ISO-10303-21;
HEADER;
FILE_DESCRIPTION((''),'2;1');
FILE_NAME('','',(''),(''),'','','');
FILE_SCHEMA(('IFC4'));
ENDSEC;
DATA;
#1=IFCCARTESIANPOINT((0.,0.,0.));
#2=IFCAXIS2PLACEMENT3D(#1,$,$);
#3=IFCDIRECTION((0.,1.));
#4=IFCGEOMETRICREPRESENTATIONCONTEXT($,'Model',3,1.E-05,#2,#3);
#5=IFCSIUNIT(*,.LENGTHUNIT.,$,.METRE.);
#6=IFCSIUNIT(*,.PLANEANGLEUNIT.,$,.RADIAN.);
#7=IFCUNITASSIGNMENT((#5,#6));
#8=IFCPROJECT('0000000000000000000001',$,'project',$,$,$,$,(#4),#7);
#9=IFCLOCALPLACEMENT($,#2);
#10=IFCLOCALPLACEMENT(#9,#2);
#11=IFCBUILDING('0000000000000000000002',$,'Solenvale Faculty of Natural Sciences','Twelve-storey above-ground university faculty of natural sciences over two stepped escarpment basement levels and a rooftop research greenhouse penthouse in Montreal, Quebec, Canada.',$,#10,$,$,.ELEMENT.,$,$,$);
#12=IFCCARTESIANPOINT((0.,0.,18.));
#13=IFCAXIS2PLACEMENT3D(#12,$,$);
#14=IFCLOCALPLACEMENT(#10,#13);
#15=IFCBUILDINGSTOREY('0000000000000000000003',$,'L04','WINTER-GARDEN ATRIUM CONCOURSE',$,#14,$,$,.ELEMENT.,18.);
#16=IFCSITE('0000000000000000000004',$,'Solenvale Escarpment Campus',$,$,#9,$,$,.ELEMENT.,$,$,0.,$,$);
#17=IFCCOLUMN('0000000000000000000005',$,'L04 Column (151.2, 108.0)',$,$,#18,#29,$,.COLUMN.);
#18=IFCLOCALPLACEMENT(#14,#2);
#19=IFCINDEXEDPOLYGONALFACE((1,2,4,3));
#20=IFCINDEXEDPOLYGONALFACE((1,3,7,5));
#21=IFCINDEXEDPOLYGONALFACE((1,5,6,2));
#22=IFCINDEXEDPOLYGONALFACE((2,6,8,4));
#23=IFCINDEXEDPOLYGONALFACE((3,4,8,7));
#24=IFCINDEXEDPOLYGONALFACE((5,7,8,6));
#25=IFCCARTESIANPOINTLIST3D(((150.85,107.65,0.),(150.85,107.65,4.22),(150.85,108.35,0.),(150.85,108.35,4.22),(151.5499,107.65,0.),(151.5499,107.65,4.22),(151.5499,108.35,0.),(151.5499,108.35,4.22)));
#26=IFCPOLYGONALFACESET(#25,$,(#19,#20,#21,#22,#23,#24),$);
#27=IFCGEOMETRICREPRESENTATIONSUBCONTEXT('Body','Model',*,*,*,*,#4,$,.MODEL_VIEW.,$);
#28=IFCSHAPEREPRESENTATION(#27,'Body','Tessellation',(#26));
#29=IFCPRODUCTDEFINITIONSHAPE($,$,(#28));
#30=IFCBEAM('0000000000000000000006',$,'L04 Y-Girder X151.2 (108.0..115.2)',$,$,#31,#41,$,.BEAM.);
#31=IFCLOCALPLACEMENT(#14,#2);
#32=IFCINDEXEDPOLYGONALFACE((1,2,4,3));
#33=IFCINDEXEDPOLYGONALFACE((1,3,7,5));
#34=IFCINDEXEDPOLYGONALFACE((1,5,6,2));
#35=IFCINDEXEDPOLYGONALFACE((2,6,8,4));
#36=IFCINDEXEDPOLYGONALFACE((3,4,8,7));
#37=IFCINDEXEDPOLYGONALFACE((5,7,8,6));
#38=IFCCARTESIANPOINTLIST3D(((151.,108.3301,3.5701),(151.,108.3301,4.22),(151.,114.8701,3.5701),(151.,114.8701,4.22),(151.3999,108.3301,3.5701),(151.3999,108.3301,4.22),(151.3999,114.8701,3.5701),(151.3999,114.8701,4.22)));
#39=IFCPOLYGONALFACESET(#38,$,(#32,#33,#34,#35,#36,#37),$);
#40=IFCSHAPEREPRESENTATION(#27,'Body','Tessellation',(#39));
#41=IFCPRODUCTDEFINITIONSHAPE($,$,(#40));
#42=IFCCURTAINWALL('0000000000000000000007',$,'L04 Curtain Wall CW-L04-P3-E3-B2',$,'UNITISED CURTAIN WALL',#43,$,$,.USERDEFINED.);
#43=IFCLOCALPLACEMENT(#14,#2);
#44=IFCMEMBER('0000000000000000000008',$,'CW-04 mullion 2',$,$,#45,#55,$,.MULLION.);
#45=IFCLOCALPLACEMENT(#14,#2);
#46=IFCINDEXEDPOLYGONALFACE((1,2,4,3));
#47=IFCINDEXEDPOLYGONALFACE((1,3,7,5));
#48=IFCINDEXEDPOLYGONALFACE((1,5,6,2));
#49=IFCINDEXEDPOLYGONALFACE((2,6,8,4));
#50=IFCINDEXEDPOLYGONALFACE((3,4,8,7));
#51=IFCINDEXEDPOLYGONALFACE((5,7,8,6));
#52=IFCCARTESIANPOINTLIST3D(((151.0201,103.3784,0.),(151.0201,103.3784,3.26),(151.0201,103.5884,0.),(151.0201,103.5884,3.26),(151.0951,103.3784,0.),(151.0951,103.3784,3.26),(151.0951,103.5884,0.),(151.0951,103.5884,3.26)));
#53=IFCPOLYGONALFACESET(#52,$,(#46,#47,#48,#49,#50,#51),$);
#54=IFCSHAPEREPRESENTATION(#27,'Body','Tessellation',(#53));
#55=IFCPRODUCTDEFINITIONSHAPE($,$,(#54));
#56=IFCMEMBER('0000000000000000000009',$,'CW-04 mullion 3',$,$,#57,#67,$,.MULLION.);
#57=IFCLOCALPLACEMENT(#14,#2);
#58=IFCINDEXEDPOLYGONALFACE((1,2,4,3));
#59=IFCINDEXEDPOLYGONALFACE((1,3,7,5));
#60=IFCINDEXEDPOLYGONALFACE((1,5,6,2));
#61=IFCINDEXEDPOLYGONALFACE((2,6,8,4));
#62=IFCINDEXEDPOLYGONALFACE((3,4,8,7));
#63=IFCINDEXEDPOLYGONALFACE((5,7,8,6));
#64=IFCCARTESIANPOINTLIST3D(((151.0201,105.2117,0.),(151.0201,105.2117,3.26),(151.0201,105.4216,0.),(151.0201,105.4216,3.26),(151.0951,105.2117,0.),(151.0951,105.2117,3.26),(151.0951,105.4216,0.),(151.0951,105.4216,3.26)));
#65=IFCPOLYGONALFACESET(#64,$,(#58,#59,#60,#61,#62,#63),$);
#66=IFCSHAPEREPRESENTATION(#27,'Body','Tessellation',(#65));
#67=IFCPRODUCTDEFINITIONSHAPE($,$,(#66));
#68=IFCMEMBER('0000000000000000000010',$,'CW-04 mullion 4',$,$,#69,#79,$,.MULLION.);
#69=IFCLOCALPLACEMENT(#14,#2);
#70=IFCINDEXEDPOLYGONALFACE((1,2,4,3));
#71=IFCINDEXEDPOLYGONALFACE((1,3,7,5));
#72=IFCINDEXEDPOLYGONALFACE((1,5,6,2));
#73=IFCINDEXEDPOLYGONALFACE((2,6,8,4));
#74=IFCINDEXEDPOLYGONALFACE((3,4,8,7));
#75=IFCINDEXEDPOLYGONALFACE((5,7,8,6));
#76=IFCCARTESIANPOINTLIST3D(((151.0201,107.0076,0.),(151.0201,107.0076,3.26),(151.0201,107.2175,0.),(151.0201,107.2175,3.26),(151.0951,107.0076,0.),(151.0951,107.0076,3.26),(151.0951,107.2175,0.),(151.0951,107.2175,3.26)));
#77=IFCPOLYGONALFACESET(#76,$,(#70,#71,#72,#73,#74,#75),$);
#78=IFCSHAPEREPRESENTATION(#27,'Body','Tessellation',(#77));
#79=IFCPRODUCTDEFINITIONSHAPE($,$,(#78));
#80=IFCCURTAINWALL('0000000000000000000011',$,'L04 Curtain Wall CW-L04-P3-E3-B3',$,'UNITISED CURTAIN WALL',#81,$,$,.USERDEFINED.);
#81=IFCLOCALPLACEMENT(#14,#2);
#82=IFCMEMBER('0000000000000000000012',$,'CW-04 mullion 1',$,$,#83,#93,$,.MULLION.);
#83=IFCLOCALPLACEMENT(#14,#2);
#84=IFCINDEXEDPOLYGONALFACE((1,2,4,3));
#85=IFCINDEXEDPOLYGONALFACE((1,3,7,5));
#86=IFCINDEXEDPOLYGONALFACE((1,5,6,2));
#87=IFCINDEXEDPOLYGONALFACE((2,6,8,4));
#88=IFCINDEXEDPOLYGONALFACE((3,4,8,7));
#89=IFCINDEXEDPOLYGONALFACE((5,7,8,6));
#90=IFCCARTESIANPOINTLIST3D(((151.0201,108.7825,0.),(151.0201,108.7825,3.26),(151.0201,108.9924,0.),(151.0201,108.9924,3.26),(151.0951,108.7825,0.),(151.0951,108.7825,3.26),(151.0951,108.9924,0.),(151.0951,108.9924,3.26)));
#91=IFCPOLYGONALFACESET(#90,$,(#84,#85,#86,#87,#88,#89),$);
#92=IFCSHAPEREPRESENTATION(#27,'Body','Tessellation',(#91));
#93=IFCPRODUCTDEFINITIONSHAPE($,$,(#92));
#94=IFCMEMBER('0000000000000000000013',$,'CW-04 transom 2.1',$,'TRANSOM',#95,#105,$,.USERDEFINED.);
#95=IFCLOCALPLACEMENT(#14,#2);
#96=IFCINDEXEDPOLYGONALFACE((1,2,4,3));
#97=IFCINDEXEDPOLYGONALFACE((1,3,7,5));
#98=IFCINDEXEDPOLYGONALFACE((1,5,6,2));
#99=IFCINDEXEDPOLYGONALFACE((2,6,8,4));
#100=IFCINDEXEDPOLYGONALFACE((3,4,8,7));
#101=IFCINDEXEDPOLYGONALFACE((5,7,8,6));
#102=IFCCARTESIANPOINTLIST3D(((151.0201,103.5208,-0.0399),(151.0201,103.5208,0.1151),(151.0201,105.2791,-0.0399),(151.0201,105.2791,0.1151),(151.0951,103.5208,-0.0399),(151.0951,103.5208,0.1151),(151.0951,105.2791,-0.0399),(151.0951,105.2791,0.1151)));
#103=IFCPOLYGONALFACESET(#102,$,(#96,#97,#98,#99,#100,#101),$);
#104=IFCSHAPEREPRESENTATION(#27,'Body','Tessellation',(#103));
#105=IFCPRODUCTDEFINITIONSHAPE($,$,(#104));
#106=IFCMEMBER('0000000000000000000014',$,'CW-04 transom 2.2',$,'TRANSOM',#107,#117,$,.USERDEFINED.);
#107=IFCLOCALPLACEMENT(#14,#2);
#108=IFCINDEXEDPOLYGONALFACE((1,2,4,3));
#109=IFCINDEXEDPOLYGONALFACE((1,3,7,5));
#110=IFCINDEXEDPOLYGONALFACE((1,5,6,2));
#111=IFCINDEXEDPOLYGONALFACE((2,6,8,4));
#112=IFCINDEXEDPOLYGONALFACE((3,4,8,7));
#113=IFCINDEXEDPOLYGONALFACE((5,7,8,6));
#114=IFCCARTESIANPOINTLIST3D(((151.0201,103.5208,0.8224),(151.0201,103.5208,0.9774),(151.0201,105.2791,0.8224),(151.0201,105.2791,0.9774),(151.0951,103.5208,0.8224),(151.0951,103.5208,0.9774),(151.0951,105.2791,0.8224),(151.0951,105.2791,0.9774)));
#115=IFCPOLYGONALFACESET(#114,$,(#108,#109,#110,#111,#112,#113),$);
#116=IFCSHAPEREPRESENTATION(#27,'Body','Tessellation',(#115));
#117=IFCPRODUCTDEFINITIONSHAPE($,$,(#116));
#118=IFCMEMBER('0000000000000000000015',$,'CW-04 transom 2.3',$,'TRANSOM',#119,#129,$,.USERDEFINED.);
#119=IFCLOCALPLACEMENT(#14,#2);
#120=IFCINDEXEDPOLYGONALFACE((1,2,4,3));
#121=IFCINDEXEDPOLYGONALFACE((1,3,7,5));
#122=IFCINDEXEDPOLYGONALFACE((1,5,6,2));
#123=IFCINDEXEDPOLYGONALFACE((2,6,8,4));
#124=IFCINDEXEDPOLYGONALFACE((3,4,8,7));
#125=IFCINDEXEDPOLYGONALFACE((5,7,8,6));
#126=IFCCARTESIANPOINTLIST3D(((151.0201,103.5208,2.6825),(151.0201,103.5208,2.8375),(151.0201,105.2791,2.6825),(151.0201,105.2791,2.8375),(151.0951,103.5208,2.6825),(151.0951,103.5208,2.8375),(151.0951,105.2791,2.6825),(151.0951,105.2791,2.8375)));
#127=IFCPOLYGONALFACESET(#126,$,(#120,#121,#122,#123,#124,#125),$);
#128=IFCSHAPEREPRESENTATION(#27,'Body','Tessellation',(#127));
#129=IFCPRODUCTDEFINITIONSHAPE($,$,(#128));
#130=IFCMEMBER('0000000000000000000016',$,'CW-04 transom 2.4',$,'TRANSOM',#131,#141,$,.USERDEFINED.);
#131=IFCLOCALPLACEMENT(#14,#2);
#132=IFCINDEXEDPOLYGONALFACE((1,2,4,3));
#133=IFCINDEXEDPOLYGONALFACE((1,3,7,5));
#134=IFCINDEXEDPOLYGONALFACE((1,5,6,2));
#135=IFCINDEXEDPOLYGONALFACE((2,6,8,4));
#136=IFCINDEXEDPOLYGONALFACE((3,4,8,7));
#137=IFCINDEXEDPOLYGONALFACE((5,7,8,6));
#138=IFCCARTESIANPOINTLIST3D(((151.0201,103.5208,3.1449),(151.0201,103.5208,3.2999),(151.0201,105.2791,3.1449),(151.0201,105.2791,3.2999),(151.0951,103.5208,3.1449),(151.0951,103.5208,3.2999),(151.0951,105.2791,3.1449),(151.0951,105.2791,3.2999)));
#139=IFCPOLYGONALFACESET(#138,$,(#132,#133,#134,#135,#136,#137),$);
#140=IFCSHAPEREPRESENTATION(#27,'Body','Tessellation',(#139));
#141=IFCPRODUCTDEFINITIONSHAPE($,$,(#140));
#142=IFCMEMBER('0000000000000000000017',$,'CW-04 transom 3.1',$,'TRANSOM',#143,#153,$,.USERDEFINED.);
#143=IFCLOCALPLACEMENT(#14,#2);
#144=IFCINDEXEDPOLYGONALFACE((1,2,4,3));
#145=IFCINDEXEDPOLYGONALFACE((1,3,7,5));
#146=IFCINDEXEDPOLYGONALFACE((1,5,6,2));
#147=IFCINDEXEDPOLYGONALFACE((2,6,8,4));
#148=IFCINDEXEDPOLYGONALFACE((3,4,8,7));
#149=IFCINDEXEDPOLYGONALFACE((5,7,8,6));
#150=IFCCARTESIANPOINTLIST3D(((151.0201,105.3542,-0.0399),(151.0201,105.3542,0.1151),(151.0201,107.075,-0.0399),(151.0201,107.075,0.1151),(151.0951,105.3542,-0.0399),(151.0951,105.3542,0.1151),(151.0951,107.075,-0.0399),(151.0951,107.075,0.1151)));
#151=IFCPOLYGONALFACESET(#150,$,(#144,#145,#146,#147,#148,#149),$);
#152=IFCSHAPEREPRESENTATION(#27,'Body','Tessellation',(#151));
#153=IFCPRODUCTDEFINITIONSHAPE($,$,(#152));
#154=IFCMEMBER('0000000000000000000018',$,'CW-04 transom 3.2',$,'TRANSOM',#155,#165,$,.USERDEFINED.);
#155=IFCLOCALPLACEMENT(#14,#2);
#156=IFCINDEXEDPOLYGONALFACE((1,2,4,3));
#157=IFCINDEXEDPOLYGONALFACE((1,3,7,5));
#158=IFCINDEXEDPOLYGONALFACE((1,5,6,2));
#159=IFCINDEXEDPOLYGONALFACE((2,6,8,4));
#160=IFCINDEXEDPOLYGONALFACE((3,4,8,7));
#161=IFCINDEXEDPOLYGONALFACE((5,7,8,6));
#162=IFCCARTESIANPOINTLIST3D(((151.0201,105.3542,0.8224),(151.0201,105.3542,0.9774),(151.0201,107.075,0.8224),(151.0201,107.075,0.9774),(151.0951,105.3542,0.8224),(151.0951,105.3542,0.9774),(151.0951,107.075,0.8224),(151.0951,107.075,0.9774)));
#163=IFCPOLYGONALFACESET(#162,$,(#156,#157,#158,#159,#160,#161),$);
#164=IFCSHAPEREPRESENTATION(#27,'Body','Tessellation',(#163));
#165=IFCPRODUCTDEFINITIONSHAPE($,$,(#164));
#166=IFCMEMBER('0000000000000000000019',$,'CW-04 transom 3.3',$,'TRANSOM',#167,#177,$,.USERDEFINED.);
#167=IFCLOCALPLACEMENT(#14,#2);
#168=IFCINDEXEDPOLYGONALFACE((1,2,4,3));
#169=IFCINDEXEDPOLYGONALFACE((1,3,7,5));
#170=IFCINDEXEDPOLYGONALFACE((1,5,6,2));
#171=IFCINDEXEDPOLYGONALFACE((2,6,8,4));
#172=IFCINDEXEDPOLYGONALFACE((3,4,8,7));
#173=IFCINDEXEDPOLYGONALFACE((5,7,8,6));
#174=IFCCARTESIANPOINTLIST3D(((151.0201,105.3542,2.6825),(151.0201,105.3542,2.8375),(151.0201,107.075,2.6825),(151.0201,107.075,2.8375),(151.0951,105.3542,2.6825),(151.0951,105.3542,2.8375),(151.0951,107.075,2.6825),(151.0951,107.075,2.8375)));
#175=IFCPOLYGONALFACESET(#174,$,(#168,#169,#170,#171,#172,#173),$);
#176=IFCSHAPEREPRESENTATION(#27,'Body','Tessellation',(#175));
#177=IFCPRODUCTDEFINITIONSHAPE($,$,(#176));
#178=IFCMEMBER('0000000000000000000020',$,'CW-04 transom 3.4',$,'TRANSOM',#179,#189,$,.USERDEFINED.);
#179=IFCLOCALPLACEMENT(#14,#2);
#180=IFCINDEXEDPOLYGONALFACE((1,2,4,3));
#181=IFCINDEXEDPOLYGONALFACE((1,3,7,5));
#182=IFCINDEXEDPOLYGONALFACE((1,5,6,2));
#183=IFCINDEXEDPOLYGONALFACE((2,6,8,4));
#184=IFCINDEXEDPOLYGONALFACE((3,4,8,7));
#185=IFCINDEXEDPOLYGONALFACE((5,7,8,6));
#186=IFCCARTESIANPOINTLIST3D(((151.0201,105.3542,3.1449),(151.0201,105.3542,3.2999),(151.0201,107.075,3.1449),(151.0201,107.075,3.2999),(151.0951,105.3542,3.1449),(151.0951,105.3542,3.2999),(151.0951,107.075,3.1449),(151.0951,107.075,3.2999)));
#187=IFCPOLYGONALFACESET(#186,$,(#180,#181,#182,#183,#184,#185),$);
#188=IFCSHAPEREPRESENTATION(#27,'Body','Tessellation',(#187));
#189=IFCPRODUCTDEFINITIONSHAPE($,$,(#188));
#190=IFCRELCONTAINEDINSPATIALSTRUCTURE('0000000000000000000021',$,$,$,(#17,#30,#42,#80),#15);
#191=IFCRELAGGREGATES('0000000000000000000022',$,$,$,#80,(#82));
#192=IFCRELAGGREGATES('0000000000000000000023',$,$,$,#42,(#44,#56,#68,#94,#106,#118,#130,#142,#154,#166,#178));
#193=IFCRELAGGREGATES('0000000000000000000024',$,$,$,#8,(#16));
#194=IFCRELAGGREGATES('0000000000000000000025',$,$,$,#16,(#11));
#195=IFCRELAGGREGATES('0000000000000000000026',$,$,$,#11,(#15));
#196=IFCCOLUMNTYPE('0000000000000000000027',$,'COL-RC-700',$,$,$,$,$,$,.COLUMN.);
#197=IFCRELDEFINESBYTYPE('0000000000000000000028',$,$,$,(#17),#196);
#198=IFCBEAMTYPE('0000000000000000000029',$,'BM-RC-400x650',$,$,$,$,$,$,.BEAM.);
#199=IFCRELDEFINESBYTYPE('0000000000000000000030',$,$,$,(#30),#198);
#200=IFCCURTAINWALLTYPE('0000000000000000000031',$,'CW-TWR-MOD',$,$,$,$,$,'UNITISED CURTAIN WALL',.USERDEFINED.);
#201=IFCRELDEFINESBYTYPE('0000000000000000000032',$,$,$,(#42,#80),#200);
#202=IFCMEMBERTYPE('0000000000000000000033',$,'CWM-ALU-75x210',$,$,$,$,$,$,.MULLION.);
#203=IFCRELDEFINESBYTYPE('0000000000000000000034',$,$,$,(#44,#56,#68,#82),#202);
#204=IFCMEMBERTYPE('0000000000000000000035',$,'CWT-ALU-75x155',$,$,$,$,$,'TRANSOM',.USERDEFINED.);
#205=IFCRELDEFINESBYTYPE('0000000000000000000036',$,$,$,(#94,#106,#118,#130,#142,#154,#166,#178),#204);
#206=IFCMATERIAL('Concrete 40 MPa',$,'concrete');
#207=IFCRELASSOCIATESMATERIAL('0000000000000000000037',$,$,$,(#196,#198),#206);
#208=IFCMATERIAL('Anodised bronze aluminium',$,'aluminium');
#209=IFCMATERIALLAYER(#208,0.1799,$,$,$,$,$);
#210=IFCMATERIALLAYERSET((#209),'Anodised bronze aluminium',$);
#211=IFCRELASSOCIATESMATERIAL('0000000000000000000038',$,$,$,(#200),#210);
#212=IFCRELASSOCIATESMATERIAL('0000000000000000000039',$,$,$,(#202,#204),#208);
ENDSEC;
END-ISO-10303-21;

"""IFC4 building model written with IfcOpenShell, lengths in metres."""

from ifc_helpers import new_model, si_unit, direction, frame, origin, origin_2d, place, context, subcontext, project, spatial, rectangle, extrude, material, layer, layer_set, material_profile, profile_set, type_object, element, aggregate, save


model = new_model("IFC4")

# Units and contexts
model_context = context("Model", 3, precision=1e-05, world=origin(), true_north=direction((0.0, 1.0)))
body_context = subcontext(model_context, "Body", "Model", "MODEL_VIEW")
ifc_project = project(units=[si_unit("LENGTHUNIT", "METRE"), si_unit("PLANEANGLEUNIT", "RADIAN")], contexts=[model_context])

# Site, building, storey
site_placement = place(None, origin())
site = spatial("IfcSite", under=ifc_project, at=site_placement, Name="Solenvale Escarpment Campus", CompositionType="ELEMENT", RefElevation=0.0)
building_placement = place(site_placement, origin())
building = spatial("IfcBuilding", under=site, at=building_placement, Name="Solenvale Faculty of Natural Sciences", Description="Twelve-storey above-ground university faculty of natural sciences over two stepped escarpment basement levels and a rooftop research greenhouse penthouse in Montreal, Quebec, Canada.", CompositionType="ELEMENT")
storey_placement = place(building_placement, frame((0.0, 0.0, 18.0)))
storey = spatial("IfcBuildingStorey", under=building, at=storey_placement, Name="L04", Description="WINTER-GARDEN ATRIUM CONCOURSE", CompositionType="ELEMENT", Elevation=18.0)

# Column
ifc_material_1 = material(Name="Concrete 40 MPa", Category="concrete")
ifc_material_profile_1 = material_profile(ifc_material_1, rectangle(XDim=0.7, YDim=0.7, at=origin_2d()), Name="RC-COL-700x700")
ifc_profile_set_1 = profile_set([ifc_material_profile_1], Name="Concrete 40 MPa")
column_type = type_object("IfcColumnType", Name="COL-RC-700", PredefinedType="COLUMN", material=ifc_profile_set_1)
column_placement = place(storey_placement, frame((151.2, 108.0, 0.0), z_axis=(0.0, 0.0, 1.0), x_axis=(1.0, 0.0, 0.0)))
element("IfcColumn", 1, at=column_placement, inside=storey, type_object=column_type, Name="L04 Column (151.2, 108.0)", PredefinedType="COLUMN", context=body_context, shape_type="SweptSolid", body=[
    extrude(rectangle(XDim=0.7, YDim=0.7, at=origin_2d()), origin(), (0.0, 0.0, 1.0), 4.22),
])

# Beam
ifc_material_profile_2 = material_profile(ifc_material_1, rectangle(XDim=0.3999, YDim=0.6499, at=origin_2d()), Name="RC-BM-400x650")
ifc_profile_set_2 = profile_set([ifc_material_profile_2], Name="Concrete 40 MPa")
beam_type = type_object("IfcBeamType", Name="BM-RC-400x650", PredefinedType="BEAM", material=ifc_profile_set_2)
beam_placement = place(storey_placement, frame((151.2, 108.3301, 3.895), z_axis=(0.0, 1.0, 0.0), x_axis=(-1.0, 0.0, 0.0)))
element("IfcBeam", 2, at=beam_placement, inside=storey, type_object=beam_type, Name="L04 Y-Girder X151.2 (108.0..115.2)", PredefinedType="BEAM", context=body_context, shape_type="SweptSolid", body=[
    extrude(rectangle(XDim=0.3999, YDim=0.6499, at=origin_2d()), origin(), (0.0, 0.0, 1.0), 6.54),
])

# Curtain wall, members
ifc_material_2 = material(Name="Anodised bronze aluminium", Category="aluminium")
ifc_layer_1 = layer(ifc_material_2, 0.1799)
ifc_layer_set_1 = layer_set([ifc_layer_1], Name="Anodised bronze aluminium")
curtain_wall_type = type_object("IfcCurtainWallType", Name="CW-TWR-MOD", ElementType="UNITISED CURTAIN WALL", PredefinedType="USERDEFINED", material=ifc_layer_set_1)
curtain_wall_1_placement = place(storey_placement, origin())
curtain_wall_1 = element("IfcCurtainWall", 3, at=curtain_wall_1_placement, inside=storey, type_object=curtain_wall_type, Name="L04 Curtain Wall CW-L04-P3-E3-B2", ObjectType="UNITISED CURTAIN WALL", PredefinedType="USERDEFINED")
ifc_material_profile_3 = material_profile(ifc_material_2, rectangle(XDim=0.075, YDim=0.21, at=origin_2d()), Name="ALU-MUL-75x210")
ifc_profile_set_3 = profile_set([ifc_material_profile_3], Name="Anodised bronze aluminium")
member_type_1 = type_object("IfcMemberType", Name="CWM-ALU-75x210", PredefinedType="MULLION", material=ifc_profile_set_3)
member_1_placement = place(storey_placement, frame((151.0576, 103.4834, 0.0), z_axis=(0.0, 0.0, 1.0), x_axis=(-1.0, 0.0, 0.0)))
member_1 = element("IfcMember", 4, at=member_1_placement, type_object=member_type_1, Name="CW-04 mullion 2", PredefinedType="MULLION", context=body_context, shape_type="SweptSolid", body=[
    extrude(rectangle(XDim=0.075, YDim=0.21, at=origin_2d()), origin(), (0.0, 0.0, 1.0), 3.26),
])
member_2_placement = place(storey_placement, frame((151.0576, 105.3167, 0.0), z_axis=(0.0, 0.0, 1.0), x_axis=(-1.0, 0.0, 0.0)))
member_2 = element("IfcMember", 5, at=member_2_placement, type_object=member_type_1, Name="CW-04 mullion 3", PredefinedType="MULLION", context=body_context, shape_type="SweptSolid", body=[
    extrude(rectangle(XDim=0.075, YDim=0.21, at=origin_2d()), origin(), (0.0, 0.0, 1.0), 3.26),
])
member_3_placement = place(storey_placement, frame((151.0576, 107.1125, 0.0), z_axis=(0.0, 0.0, 1.0), x_axis=(-1.0, 0.0, 0.0)))
member_3 = element("IfcMember", 6, at=member_3_placement, type_object=member_type_1, Name="CW-04 mullion 4", PredefinedType="MULLION", context=body_context, shape_type="SweptSolid", body=[
    extrude(rectangle(XDim=0.075, YDim=0.21, at=origin_2d()), origin(), (0.0, 0.0, 1.0), 3.26),
])

# Curtain wall, member
curtain_wall_2_placement = place(storey_placement, origin())
curtain_wall_2 = element("IfcCurtainWall", 7, at=curtain_wall_2_placement, inside=storey, type_object=curtain_wall_type, Name="L04 Curtain Wall CW-L04-P3-E3-B3", ObjectType="UNITISED CURTAIN WALL", PredefinedType="USERDEFINED")
member_4_placement = place(storey_placement, frame((151.0576, 108.8875, 0.0), z_axis=(0.0, 0.0, 1.0), x_axis=(-1.0, 0.0, 0.0)))
member_4 = element("IfcMember", 8, at=member_4_placement, type_object=member_type_1, Name="CW-04 mullion 1", PredefinedType="MULLION", context=body_context, shape_type="SweptSolid", body=[
    extrude(rectangle(XDim=0.075, YDim=0.21, at=origin_2d()), origin(), (0.0, 0.0, 1.0), 3.26),
])
aggregate(curtain_wall_2, [member_4])

# Members
ifc_material_profile_4 = material_profile(ifc_material_2, rectangle(XDim=0.075, YDim=0.155, at=origin_2d()), Name="ALU-TRN-75x155")
ifc_profile_set_4 = profile_set([ifc_material_profile_4], Name="Anodised bronze aluminium")
member_type_2 = type_object("IfcMemberType", Name="CWT-ALU-75x155", ElementType="TRANSOM", PredefinedType="USERDEFINED", material=ifc_profile_set_4)
member_5_placement = place(storey_placement, frame((151.0576, 103.5208, 0.0376), z_axis=(0.0, 1.0, 0.0), x_axis=(-1.0, 0.0, 0.0)))
member_5 = element("IfcMember", 9, at=member_5_placement, type_object=member_type_2, Name="CW-04 transom 2.1", ObjectType="TRANSOM", PredefinedType="USERDEFINED", context=body_context, shape_type="SweptSolid", body=[
    extrude(rectangle(XDim=0.075, YDim=0.155, at=origin_2d()), origin(), (0.0, 0.0, 1.0), 1.7583),
])
member_6_placement = place(storey_placement, frame((151.0576, 103.5208, 0.8999), z_axis=(0.0, 1.0, 0.0), x_axis=(-1.0, 0.0, 0.0)))
member_6 = element("IfcMember", 10, at=member_6_placement, type_object=member_type_2, Name="CW-04 transom 2.2", ObjectType="TRANSOM", PredefinedType="USERDEFINED", context=body_context, shape_type="SweptSolid", body=[
    extrude(rectangle(XDim=0.075, YDim=0.155, at=origin_2d()), origin(), (0.0, 0.0, 1.0), 1.7583),
])
member_7_placement = place(storey_placement, frame((151.0576, 103.5208, 2.76), z_axis=(0.0, 1.0, 0.0), x_axis=(-1.0, 0.0, 0.0)))
member_7 = element("IfcMember", 11, at=member_7_placement, type_object=member_type_2, Name="CW-04 transom 2.3", ObjectType="TRANSOM", PredefinedType="USERDEFINED", context=body_context, shape_type="SweptSolid", body=[
    extrude(rectangle(XDim=0.075, YDim=0.155, at=origin_2d()), origin(), (0.0, 0.0, 1.0), 1.7583),
])
member_8_placement = place(storey_placement, frame((151.0576, 103.5208, 3.2224), z_axis=(0.0, 1.0, 0.0), x_axis=(-1.0, 0.0, 0.0)))
member_8 = element("IfcMember", 12, at=member_8_placement, type_object=member_type_2, Name="CW-04 transom 2.4", ObjectType="TRANSOM", PredefinedType="USERDEFINED", context=body_context, shape_type="SweptSolid", body=[
    extrude(rectangle(XDim=0.075, YDim=0.155, at=origin_2d()), origin(), (0.0, 0.0, 1.0), 1.7583),
])
member_9_placement = place(storey_placement, frame((151.0576, 105.3542, 0.0376), z_axis=(0.0, 1.0, 0.0), x_axis=(-1.0, 0.0, 0.0)))
member_9 = element("IfcMember", 13, at=member_9_placement, type_object=member_type_2, Name="CW-04 transom 3.1", ObjectType="TRANSOM", PredefinedType="USERDEFINED", context=body_context, shape_type="SweptSolid", body=[
    extrude(rectangle(XDim=0.075, YDim=0.155, at=origin_2d()), origin(), (0.0, 0.0, 1.0), 1.7207),
])
member_10_placement = place(storey_placement, frame((151.0576, 105.3542, 0.8999), z_axis=(0.0, 1.0, 0.0), x_axis=(-1.0, 0.0, 0.0)))
member_10 = element("IfcMember", 14, at=member_10_placement, type_object=member_type_2, Name="CW-04 transom 3.2", ObjectType="TRANSOM", PredefinedType="USERDEFINED", context=body_context, shape_type="SweptSolid", body=[
    extrude(rectangle(XDim=0.075, YDim=0.155, at=origin_2d()), origin(), (0.0, 0.0, 1.0), 1.7207),
])
member_11_placement = place(storey_placement, frame((151.0576, 105.3542, 2.76), z_axis=(0.0, 1.0, 0.0), x_axis=(-1.0, 0.0, 0.0)))
member_11 = element("IfcMember", 15, at=member_11_placement, type_object=member_type_2, Name="CW-04 transom 3.3", ObjectType="TRANSOM", PredefinedType="USERDEFINED", context=body_context, shape_type="SweptSolid", body=[
    extrude(rectangle(XDim=0.075, YDim=0.155, at=origin_2d()), origin(), (0.0, 0.0, 1.0), 1.7207),
])
member_12_placement = place(storey_placement, frame((151.0576, 105.3542, 3.2224), z_axis=(0.0, 1.0, 0.0), x_axis=(-1.0, 0.0, 0.0)))
member_12 = element("IfcMember", 16, at=member_12_placement, type_object=member_type_2, Name="CW-04 transom 3.4", ObjectType="TRANSOM", PredefinedType="USERDEFINED", context=body_context, shape_type="SweptSolid", body=[
    extrude(rectangle(XDim=0.075, YDim=0.155, at=origin_2d()), origin(), (0.0, 0.0, 1.0), 1.7207),
])

aggregate(curtain_wall_1, [member_1, member_2, member_3, member_5, member_6, member_7, member_8, member_9, member_10, member_11, member_12])

save(model, "model.ifc")
